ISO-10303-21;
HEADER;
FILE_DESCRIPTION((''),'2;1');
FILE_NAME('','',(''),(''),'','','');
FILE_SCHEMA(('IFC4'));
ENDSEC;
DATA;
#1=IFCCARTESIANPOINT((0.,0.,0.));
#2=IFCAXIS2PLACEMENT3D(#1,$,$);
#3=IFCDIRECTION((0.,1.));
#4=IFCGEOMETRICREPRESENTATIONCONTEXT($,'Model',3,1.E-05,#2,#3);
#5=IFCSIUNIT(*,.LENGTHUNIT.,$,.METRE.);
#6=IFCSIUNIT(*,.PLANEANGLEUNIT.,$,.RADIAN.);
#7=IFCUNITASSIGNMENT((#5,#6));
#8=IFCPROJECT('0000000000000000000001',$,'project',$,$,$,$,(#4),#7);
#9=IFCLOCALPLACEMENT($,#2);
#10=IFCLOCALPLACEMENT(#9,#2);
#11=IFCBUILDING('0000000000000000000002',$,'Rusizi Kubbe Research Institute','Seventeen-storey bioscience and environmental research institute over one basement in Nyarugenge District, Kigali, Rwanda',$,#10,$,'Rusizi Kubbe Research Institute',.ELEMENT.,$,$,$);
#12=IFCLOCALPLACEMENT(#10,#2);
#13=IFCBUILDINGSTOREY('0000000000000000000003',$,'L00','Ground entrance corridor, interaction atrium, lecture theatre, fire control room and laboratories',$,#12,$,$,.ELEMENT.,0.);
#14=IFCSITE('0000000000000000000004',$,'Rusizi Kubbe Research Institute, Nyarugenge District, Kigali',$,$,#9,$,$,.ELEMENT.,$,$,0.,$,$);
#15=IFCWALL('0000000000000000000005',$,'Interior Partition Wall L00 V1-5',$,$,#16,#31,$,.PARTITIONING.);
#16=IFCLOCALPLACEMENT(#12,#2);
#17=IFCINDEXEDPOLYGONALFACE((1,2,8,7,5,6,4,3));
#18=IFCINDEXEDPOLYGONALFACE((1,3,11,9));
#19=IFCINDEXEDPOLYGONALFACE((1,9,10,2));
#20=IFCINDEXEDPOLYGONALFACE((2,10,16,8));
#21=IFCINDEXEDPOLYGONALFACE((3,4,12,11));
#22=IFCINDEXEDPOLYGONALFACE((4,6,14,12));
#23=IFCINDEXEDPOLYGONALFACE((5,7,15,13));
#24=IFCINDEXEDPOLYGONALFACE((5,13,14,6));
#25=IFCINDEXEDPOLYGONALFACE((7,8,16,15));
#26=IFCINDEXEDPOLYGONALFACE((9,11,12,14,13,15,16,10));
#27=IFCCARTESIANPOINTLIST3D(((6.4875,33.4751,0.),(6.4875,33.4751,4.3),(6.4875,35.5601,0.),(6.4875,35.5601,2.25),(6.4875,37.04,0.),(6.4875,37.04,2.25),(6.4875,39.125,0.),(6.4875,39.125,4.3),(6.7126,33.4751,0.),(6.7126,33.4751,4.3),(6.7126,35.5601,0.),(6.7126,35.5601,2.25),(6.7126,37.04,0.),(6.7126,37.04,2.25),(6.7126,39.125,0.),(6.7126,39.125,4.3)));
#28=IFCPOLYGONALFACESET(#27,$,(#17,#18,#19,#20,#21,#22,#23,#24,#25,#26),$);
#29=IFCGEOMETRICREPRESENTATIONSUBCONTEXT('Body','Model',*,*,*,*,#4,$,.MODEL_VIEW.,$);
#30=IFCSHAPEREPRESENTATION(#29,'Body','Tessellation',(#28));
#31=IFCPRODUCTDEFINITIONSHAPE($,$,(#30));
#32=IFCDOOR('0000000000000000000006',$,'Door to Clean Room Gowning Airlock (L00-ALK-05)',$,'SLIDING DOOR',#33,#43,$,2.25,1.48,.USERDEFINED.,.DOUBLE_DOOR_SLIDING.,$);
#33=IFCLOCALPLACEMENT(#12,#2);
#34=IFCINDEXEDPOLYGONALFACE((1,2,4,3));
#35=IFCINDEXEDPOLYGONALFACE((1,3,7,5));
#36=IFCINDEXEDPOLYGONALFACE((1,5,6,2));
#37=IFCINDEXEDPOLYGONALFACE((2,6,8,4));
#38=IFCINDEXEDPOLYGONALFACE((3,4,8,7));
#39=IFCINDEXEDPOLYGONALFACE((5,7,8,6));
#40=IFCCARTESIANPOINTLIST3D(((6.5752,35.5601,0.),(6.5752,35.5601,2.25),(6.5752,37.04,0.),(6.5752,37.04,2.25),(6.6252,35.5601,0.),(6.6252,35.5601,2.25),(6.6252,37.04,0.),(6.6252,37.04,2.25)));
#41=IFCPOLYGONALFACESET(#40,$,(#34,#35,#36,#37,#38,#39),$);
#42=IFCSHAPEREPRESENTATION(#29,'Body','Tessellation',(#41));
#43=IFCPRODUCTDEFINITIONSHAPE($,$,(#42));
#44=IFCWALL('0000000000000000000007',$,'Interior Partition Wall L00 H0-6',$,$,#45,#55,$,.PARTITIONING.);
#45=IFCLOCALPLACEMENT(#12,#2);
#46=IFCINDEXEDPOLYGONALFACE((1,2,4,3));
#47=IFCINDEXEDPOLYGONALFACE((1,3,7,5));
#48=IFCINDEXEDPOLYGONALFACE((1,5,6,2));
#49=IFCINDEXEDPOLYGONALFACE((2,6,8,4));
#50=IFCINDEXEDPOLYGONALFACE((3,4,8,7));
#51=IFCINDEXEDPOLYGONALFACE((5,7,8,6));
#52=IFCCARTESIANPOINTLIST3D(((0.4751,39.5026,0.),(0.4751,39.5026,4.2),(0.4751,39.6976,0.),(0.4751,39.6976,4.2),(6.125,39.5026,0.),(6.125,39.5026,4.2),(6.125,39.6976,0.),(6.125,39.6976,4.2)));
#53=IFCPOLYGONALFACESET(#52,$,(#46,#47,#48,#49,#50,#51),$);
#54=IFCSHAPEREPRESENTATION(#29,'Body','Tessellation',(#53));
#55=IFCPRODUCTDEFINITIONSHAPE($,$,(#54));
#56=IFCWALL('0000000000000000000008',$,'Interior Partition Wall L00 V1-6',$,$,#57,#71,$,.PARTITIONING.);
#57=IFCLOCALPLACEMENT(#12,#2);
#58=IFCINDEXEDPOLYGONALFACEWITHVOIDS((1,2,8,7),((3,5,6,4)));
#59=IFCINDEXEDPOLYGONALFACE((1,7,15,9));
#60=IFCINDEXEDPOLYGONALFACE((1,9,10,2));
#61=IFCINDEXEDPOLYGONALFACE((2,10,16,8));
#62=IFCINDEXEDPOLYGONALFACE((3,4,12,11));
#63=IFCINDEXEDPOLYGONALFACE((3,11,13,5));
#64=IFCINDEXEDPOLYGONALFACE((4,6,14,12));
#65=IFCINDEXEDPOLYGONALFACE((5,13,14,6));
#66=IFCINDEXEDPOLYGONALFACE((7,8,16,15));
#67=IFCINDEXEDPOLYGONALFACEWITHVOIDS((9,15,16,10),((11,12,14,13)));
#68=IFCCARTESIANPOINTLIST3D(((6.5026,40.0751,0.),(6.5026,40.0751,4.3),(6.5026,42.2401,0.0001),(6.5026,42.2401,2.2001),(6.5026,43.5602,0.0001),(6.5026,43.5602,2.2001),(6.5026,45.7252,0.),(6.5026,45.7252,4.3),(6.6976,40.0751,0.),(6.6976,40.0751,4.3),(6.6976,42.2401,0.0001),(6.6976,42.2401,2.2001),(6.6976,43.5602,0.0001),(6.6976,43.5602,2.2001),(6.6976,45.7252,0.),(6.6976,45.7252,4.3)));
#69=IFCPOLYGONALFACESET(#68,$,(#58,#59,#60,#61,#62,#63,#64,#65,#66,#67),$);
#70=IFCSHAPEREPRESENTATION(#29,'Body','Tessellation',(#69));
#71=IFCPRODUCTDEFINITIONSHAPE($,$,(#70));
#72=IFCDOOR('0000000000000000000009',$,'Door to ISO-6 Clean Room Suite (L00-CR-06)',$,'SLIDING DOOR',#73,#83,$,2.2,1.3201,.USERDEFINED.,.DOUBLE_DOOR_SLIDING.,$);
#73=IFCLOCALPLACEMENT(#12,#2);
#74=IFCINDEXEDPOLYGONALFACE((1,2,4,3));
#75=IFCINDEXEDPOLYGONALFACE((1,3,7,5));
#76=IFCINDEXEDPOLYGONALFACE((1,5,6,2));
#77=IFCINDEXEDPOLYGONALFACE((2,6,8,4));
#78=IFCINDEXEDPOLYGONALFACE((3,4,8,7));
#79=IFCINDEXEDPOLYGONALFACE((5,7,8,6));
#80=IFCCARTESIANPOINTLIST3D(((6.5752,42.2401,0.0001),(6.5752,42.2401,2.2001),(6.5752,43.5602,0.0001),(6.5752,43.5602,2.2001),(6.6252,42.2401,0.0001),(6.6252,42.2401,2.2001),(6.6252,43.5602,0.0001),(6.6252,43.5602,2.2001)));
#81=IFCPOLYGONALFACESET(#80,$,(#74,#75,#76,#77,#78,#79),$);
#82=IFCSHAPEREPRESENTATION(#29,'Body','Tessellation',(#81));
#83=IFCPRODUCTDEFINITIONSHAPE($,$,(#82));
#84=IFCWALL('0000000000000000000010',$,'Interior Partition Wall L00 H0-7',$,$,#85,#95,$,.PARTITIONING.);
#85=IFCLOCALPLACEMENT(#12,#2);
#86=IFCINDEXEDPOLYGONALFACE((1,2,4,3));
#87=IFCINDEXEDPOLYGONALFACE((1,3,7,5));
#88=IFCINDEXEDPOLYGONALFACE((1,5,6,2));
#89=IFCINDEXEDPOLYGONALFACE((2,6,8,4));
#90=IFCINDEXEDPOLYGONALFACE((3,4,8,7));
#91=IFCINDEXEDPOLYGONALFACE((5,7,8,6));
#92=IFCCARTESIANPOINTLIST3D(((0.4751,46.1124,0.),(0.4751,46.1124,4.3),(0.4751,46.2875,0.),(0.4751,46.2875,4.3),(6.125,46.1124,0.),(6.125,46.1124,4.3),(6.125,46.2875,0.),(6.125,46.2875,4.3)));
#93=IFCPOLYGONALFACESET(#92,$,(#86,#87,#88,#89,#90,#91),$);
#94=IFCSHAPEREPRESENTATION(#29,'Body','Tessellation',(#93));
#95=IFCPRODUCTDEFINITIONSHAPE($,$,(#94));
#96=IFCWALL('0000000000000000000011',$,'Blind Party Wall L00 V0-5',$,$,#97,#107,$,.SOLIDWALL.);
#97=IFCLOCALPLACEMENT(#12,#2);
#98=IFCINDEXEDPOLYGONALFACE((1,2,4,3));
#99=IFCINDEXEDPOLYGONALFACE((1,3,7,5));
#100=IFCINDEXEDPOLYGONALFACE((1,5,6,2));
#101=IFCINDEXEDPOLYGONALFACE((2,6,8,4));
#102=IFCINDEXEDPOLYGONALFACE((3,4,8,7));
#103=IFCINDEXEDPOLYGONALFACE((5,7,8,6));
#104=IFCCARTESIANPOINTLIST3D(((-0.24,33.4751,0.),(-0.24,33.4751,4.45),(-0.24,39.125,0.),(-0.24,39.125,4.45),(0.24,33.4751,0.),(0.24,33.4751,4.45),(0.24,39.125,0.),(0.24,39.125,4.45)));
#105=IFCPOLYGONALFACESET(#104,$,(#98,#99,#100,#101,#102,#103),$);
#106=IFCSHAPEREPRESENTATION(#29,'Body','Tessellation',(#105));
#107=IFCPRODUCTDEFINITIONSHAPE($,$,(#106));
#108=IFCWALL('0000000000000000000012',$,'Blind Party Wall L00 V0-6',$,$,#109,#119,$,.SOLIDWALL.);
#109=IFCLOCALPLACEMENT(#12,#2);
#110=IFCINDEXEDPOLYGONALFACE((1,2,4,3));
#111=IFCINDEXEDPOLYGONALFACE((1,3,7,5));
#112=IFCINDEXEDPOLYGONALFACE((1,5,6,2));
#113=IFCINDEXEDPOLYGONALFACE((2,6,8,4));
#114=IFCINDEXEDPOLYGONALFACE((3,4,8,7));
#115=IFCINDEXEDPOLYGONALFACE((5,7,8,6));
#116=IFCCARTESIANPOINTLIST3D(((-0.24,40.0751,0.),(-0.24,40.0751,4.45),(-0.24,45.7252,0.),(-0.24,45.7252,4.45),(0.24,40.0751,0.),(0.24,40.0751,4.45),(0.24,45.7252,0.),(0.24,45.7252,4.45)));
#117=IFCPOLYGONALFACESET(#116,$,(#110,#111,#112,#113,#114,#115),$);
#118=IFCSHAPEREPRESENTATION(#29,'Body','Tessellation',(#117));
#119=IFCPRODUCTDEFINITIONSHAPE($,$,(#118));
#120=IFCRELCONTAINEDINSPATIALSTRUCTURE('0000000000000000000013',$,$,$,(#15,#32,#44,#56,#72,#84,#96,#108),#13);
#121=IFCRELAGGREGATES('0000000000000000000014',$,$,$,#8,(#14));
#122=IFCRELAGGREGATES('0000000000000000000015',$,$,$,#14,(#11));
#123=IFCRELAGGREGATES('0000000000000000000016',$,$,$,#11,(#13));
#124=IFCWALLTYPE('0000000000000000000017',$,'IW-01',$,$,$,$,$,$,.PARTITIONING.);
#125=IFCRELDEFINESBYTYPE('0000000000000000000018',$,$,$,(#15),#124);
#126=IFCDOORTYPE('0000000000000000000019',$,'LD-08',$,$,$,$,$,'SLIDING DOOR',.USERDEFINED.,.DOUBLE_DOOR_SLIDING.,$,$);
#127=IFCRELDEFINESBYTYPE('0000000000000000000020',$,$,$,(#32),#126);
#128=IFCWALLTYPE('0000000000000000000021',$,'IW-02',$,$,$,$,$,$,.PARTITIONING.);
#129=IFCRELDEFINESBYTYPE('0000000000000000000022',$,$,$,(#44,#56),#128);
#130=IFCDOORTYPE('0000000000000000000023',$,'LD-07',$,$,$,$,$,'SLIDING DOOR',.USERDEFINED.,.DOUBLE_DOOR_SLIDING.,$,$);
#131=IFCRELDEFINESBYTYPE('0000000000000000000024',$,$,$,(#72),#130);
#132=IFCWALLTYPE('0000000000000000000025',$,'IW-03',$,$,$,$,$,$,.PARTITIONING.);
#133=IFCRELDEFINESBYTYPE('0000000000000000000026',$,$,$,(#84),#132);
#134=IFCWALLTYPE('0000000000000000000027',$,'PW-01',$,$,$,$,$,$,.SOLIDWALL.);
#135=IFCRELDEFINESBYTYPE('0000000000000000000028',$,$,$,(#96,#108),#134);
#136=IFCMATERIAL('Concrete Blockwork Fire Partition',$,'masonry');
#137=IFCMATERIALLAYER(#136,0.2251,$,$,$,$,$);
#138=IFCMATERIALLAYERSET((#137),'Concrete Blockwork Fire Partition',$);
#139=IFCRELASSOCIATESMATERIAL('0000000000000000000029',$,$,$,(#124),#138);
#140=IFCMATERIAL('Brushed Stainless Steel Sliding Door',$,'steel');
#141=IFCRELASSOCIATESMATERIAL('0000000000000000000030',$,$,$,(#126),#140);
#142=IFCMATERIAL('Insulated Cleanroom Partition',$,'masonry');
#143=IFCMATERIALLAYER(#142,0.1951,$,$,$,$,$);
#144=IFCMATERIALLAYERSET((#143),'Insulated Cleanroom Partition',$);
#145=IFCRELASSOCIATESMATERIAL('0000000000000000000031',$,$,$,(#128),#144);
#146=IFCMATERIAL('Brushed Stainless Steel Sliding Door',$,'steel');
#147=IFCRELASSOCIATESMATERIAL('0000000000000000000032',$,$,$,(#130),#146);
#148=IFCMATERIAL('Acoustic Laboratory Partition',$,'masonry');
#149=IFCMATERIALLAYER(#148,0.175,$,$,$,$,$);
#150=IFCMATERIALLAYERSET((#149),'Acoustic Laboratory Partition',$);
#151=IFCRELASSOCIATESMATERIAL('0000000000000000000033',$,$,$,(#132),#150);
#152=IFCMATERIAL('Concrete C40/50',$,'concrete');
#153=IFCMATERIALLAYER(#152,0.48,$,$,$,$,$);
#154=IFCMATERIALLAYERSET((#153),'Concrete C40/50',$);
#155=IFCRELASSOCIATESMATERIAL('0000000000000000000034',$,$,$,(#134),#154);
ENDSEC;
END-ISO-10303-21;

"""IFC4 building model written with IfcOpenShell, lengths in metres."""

from ifc_helpers import new_model, si_unit, direction, frame, frame_2d, origin, place, context, subcontext, project, spatial, rectangle, extrude, material, layer, layer_set, type_object, element, fill, save


model = new_model("IFC4")

# Units and contexts
model_context = context("Model", 3, precision=1e-05, world=origin(), true_north=direction((0.0, 1.0)))
body_context = subcontext(model_context, "Body", "Model", "MODEL_VIEW")
ifc_project = project(units=[si_unit("LENGTHUNIT", "METRE"), si_unit("PLANEANGLEUNIT", "RADIAN")], contexts=[model_context])

# Site, building, storey
site_placement = place(None, origin())
site = spatial("IfcSite", under=ifc_project, at=site_placement, Name="Rusizi Kubbe Research Institute, Nyarugenge District, Kigali", CompositionType="ELEMENT", RefElevation=0.0)
building_placement = place(site_placement, origin())
building = spatial("IfcBuilding", under=site, at=building_placement, Name="Rusizi Kubbe Research Institute", Description="Seventeen-storey bioscience and environmental research institute over one basement in Nyarugenge District, Kigali, Rwanda", LongName="Rusizi Kubbe Research Institute", CompositionType="ELEMENT")
storey_placement = place(building_placement, origin())
storey = spatial("IfcBuildingStorey", under=building, at=storey_placement, Name="L00", Description="Ground entrance corridor, interaction atrium, lecture theatre, fire control room and laboratories", CompositionType="ELEMENT", Elevation=0.0)

# Wall, opening, door
ifc_material_1 = material(Name="Concrete Blockwork Fire Partition", Category="masonry")
ifc_layer_1 = layer(ifc_material_1, 0.2251)
ifc_layer_set_1 = layer_set([ifc_layer_1], Name="Concrete Blockwork Fire Partition")
wall_type_1 = type_object("IfcWallType", Name="IW-01", PredefinedType="PARTITIONING", material=ifc_layer_set_1)
wall_1_placement = place(storey_placement, frame((6.6001, 33.4751, 0.0), z_axis=(0.0, 0.0, 1.0), x_axis=(0.0, 1.0, 0.0)))
wall_1 = element("IfcWall", 1, at=wall_1_placement, inside=storey, type_object=wall_type_1, Name="Interior Partition Wall L00 V1-5", PredefinedType="PARTITIONING", context=body_context, shape_type="SweptSolid", body=[
    extrude(rectangle(XDim=5.6499, YDim=0.2251, at=frame_2d((2.825, 0.0))), origin(), (0.0, 0.0, 1.0), 4.3),
])
opening_1_placement = place(wall_1_placement, frame((2.085, 0.0, 0.0)))
opening_1 = element("IfcOpeningElement", 2, at=opening_1_placement, cuts=wall_1, PredefinedType="OPENING", context=body_context, shape_type="SweptSolid", body=[
    extrude(rectangle(XDim=1.48, YDim=2.25, at=frame_2d((0.74, 1.125))), frame((0.0, 0.1226, 0.0), z_axis=(0.0, -1.0, 0.0), x_axis=(1.0, 0.0, 0.0)), (0.0, 0.0, 1.0), 0.2451),
])
ifc_material_2 = material(Name="Brushed Stainless Steel Sliding Door", Category="steel")
door_type_1 = type_object("IfcDoorType", Name="LD-08", ElementType="SLIDING DOOR", OperationType="DOUBLE_DOOR_SLIDING", PredefinedType="USERDEFINED", material=ifc_material_2)
door_1_placement = place(opening_1_placement, origin())
door_1 = element("IfcDoor", 3, at=door_1_placement, inside=storey, type_object=door_type_1, Name="Door to Clean Room Gowning Airlock (L00-ALK-05)", ObjectType="SLIDING DOOR", OperationType="DOUBLE_DOOR_SLIDING", OverallHeight=2.25, OverallWidth=1.48, PredefinedType="USERDEFINED", context=body_context, shape_type="SweptSolid", body=[
    extrude(rectangle(XDim=1.48, YDim=2.25, at=frame_2d((0.74, 1.125))), frame((0.0, 0.0249, 0.0), z_axis=(0.0, -1.0, 0.0), x_axis=(1.0, 0.0, 0.0)), (0.0, 0.0, 1.0), 0.05),
])
fill(opening_1, door_1)

# Wall
ifc_material_3 = material(Name="Insulated Cleanroom Partition", Category="masonry")
ifc_layer_2 = layer(ifc_material_3, 0.1951)
ifc_layer_set_2 = layer_set([ifc_layer_2], Name="Insulated Cleanroom Partition")
wall_type_2 = type_object("IfcWallType", Name="IW-02", PredefinedType="PARTITIONING", material=ifc_layer_set_2)
wall_2_placement = place(storey_placement, frame((0.4751, 39.6001, 0.0), z_axis=(0.0, 0.0, 1.0), x_axis=(1.0, 0.0, 0.0)))
element("IfcWall", 4, at=wall_2_placement, inside=storey, type_object=wall_type_2, Name="Interior Partition Wall L00 H0-6", PredefinedType="PARTITIONING", context=body_context, shape_type="SweptSolid", body=[
    extrude(rectangle(XDim=5.6499, YDim=0.1951, at=frame_2d((2.825, 0.0))), origin(), (0.0, 0.0, 1.0), 4.2),
])

# Wall, opening, door
wall_3_placement = place(storey_placement, frame((6.6001, 40.075, 0.0), z_axis=(0.0, 0.0, 1.0), x_axis=(0.0, 1.0, 0.0)))
wall_3 = element("IfcWall", 5, at=wall_3_placement, inside=storey, type_object=wall_type_2, Name="Interior Partition Wall L00 V1-6", PredefinedType="PARTITIONING", context=body_context, shape_type="SweptSolid", body=[
    extrude(rectangle(XDim=5.6501, YDim=0.1951, at=frame_2d((2.8252, 0.0))), origin(), (0.0, 0.0, 1.0), 4.3),
])
opening_2_placement = place(wall_3_placement, frame((2.165, 0.0, 0.0)))
opening_2 = element("IfcOpeningElement", 6, at=opening_2_placement, cuts=wall_3, PredefinedType="OPENING", context=body_context, shape_type="SweptSolid", body=[
    extrude(rectangle(XDim=1.3201, YDim=2.2, at=frame_2d((0.6602, 1.1001))), frame((0.0, 0.1074, 0.0), z_axis=(0.0, -1.0, 0.0), x_axis=(1.0, 0.0, 0.0)), (0.0, 0.0, 1.0), 0.2151),
])
ifc_material_4 = material(Name="Brushed Stainless Steel Sliding Door", Category="steel")
door_type_2 = type_object("IfcDoorType", Name="LD-07", ElementType="SLIDING DOOR", OperationType="DOUBLE_DOOR_SLIDING", PredefinedType="USERDEFINED", material=ifc_material_4)
door_2_placement = place(opening_2_placement, origin())
door_2 = element("IfcDoor", 7, at=door_2_placement, inside=storey, type_object=door_type_2, Name="Door to ISO-6 Clean Room Suite (L00-CR-06)", ObjectType="SLIDING DOOR", OperationType="DOUBLE_DOOR_SLIDING", OverallHeight=2.2, OverallWidth=1.3201, PredefinedType="USERDEFINED", context=body_context, shape_type="SweptSolid", body=[
    extrude(rectangle(XDim=1.3201, YDim=2.2, at=frame_2d((0.6602, 1.1001))), frame((0.0, 0.0249, 0.0), z_axis=(0.0, -1.0, 0.0), x_axis=(1.0, 0.0, 0.0)), (0.0, 0.0, 1.0), 0.05),
])
fill(opening_2, door_2)

# Walls
ifc_material_5 = material(Name="Acoustic Laboratory Partition", Category="masonry")
ifc_layer_3 = layer(ifc_material_5, 0.175)
ifc_layer_set_3 = layer_set([ifc_layer_3], Name="Acoustic Laboratory Partition")
wall_type_3 = type_object("IfcWallType", Name="IW-03", PredefinedType="PARTITIONING", material=ifc_layer_set_3)
wall_4_placement = place(storey_placement, frame((0.4751, 46.2, 0.0), z_axis=(0.0, 0.0, 1.0), x_axis=(1.0, 0.0, 0.0)))
element("IfcWall", 8, at=wall_4_placement, inside=storey, type_object=wall_type_3, Name="Interior Partition Wall L00 H0-7", PredefinedType="PARTITIONING", context=body_context, shape_type="SweptSolid", body=[
    extrude(rectangle(XDim=5.6499, YDim=0.175, at=frame_2d((2.825, 0.0))), origin(), (0.0, 0.0, 1.0), 4.3),
])
ifc_material_6 = material(Name="Concrete C40/50", Category="concrete")
ifc_layer_4 = layer(ifc_material_6, 0.48)
ifc_layer_set_4 = layer_set([ifc_layer_4], Name="Concrete C40/50")
wall_type_4 = type_object("IfcWallType", Name="PW-01", PredefinedType="SOLIDWALL", material=ifc_layer_set_4)
wall_5_placement = place(storey_placement, frame((0.0, 33.4751, 0.0), z_axis=(0.0, 0.0, 1.0), x_axis=(0.0, 1.0, 0.0)))
element("IfcWall", 9, at=wall_5_placement, inside=storey, type_object=wall_type_4, Name="Blind Party Wall L00 V0-5", PredefinedType="SOLIDWALL", context=body_context, shape_type="SweptSolid", body=[
    extrude(rectangle(XDim=5.6499, YDim=0.48, at=frame_2d((2.825, 0.0))), origin(), (0.0, 0.0, 1.0), 4.45),
])
wall_6_placement = place(storey_placement, frame((0.0, 40.075, 0.0), z_axis=(0.0, 0.0, 1.0), x_axis=(0.0, 1.0, 0.0)))
element("IfcWall", 10, at=wall_6_placement, inside=storey, type_object=wall_type_4, Name="Blind Party Wall L00 V0-6", PredefinedType="SOLIDWALL", context=body_context, shape_type="SweptSolid", body=[
    extrude(rectangle(XDim=5.6501, YDim=0.48, at=frame_2d((2.8252, 0.0))), origin(), (0.0, 0.0, 1.0), 4.45),
])

save(model, "model.ifc")
